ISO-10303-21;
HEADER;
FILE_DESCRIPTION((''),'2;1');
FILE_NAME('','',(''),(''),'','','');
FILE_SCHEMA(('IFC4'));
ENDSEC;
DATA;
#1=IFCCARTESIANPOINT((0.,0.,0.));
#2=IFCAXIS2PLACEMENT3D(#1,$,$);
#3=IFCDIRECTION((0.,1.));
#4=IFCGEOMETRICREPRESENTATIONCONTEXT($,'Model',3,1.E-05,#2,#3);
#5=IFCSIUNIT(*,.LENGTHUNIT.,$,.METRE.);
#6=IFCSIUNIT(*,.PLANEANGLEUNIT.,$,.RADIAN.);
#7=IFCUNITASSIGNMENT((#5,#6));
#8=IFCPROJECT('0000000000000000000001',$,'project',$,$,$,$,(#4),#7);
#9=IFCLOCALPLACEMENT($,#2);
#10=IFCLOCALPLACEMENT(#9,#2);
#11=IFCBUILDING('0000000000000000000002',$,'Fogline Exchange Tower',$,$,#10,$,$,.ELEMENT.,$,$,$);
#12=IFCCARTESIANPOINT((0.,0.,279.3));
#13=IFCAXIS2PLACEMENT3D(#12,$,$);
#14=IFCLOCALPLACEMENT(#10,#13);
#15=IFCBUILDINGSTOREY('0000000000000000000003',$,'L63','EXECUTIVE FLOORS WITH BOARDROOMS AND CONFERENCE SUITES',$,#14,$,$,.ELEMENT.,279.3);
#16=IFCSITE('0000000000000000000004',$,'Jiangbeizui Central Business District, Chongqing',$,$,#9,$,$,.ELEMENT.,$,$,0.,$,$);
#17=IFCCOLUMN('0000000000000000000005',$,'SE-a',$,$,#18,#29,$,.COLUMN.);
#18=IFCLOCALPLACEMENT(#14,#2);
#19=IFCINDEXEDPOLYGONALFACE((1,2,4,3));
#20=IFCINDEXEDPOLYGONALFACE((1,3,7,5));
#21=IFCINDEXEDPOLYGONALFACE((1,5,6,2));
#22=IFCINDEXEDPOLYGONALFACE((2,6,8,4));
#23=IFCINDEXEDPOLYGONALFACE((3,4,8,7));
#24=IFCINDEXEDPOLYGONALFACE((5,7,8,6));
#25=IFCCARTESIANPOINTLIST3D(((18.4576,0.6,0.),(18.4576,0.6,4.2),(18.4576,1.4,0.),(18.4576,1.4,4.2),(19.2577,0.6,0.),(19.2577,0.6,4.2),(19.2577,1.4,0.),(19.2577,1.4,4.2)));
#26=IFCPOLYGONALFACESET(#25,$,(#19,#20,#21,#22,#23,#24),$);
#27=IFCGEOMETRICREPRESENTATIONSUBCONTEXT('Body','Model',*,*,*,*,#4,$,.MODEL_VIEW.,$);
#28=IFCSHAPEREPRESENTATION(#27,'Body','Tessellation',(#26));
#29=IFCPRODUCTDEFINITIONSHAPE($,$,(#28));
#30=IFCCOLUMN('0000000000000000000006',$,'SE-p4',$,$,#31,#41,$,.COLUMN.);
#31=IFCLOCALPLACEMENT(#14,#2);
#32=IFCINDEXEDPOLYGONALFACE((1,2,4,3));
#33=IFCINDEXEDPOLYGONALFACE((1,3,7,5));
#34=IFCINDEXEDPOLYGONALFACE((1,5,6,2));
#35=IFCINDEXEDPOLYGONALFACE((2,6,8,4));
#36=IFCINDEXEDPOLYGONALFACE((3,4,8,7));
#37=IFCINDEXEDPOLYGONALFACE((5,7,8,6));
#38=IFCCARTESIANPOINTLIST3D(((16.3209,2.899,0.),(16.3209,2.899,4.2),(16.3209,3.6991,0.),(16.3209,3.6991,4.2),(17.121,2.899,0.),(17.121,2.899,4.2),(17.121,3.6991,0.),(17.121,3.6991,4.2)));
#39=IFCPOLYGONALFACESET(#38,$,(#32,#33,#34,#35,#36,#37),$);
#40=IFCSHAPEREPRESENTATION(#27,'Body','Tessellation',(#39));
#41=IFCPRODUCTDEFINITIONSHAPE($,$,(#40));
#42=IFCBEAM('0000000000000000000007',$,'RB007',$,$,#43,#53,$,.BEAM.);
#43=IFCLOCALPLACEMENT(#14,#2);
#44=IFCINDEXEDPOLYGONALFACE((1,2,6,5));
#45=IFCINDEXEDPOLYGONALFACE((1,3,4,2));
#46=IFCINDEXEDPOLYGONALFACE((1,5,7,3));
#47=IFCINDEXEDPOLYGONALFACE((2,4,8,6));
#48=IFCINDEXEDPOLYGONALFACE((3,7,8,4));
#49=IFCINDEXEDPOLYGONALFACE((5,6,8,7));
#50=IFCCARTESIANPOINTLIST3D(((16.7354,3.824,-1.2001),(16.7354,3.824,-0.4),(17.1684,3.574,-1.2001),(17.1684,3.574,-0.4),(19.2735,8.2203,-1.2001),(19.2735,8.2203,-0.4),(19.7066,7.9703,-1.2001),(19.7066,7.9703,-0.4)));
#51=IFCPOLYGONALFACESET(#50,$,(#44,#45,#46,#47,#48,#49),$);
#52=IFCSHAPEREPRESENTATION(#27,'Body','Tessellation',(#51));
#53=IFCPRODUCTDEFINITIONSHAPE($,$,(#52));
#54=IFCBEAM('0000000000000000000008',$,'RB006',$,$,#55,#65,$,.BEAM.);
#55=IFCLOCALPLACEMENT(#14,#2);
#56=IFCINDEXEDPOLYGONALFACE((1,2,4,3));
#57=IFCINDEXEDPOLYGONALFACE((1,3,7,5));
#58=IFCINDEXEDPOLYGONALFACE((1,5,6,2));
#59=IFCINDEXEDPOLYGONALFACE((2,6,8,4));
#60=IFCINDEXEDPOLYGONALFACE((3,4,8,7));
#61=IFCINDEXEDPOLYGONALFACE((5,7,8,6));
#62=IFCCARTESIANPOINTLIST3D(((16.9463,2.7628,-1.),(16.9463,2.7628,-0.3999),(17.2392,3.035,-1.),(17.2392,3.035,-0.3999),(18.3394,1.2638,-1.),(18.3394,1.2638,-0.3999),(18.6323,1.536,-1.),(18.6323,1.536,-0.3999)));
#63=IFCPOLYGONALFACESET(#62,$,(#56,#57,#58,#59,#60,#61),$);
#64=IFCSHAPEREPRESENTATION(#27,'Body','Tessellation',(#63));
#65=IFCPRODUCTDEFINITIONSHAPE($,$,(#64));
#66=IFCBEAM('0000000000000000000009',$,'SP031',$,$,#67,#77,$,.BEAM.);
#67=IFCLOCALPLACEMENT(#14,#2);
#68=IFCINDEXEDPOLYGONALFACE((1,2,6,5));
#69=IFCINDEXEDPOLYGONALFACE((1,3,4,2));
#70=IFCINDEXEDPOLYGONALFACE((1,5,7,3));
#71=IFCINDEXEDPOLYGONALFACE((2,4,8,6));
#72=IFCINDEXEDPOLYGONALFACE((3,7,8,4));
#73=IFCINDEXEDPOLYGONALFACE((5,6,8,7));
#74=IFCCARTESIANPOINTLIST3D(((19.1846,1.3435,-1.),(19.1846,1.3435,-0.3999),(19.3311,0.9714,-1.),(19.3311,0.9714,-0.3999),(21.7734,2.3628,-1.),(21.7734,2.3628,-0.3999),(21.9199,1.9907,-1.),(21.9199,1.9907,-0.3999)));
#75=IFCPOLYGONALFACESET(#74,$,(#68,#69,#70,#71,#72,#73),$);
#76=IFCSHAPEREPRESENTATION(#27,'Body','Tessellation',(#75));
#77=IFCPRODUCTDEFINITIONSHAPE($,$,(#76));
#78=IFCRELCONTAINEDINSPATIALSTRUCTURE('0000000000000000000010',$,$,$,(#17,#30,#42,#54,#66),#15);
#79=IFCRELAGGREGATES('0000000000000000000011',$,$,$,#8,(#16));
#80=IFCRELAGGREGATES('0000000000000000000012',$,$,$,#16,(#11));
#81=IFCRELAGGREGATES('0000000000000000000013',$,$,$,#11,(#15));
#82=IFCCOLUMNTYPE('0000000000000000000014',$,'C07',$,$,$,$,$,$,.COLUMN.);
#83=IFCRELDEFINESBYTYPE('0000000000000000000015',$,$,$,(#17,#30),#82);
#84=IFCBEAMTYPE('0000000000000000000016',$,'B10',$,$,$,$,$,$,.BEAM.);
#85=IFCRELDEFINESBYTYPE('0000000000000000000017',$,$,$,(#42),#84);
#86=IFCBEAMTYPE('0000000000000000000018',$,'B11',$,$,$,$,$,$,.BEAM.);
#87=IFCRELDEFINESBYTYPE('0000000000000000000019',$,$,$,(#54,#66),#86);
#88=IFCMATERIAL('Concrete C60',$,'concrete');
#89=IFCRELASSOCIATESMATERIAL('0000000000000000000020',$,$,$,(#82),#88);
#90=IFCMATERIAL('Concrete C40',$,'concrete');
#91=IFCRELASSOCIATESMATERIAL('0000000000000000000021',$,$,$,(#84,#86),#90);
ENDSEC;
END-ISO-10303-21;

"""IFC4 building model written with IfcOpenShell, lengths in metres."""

from ifc_helpers import new_model, si_unit, direction, frame, origin, origin_2d, place, context, subcontext, project, spatial, rectangle, extrude, material, material_profile, profile_set, type_object, element, save


model = new_model("IFC4")

# Units and contexts
model_context = context("Model", 3, precision=1e-05, world=origin(), true_north=direction((0.0, 1.0)))
body_context = subcontext(model_context, "Body", "Model", "MODEL_VIEW")
ifc_project = project(units=[si_unit("LENGTHUNIT", "METRE"), si_unit("PLANEANGLEUNIT", "RADIAN")], contexts=[model_context])

# Site, building, storey
site_placement = place(None, origin())
site = spatial("IfcSite", under=ifc_project, at=site_placement, Name="Jiangbeizui Central Business District, Chongqing", CompositionType="ELEMENT", RefElevation=0.0)
building_placement = place(site_placement, origin())
building = spatial("IfcBuilding", under=site, at=building_placement, Name="Fogline Exchange Tower", CompositionType="ELEMENT")
storey_placement = place(building_placement, frame((0.0, 0.0, 279.3)))
storey = spatial("IfcBuildingStorey", under=building, at=storey_placement, Name="L63", Description="EXECUTIVE FLOORS WITH BOARDROOMS AND CONFERENCE SUITES", CompositionType="ELEMENT", Elevation=279.3)

# Columns
ifc_material_1 = material(Name="Concrete C60", Category="concrete")
ifc_material_profile_1 = material_profile(ifc_material_1, rectangle(XDim=0.8, YDim=0.8, at=origin_2d()), Name="RC 800x800")
ifc_profile_set_1 = profile_set([ifc_material_profile_1], Name="Concrete C60")
column_type = type_object("IfcColumnType", Name="C07", PredefinedType="COLUMN", material=ifc_profile_set_1)
for number, where, z_axis, x_axis, name in (
    (1, (18.8577, 1.0, 0.0), (0.0, 0.0, 1.0), (1.0, 0.0, 0.0), "SE-a"),
    (2, (16.7209, 3.2991, 0.0), (0.0, 0.0, 1.0), (1.0, 0.0, 0.0), "SE-p4"),
):
    element("IfcColumn", number, at=place(storey_placement, frame(where, z_axis=z_axis, x_axis=x_axis)), inside=storey, type_object=column_type, Name=name, PredefinedType="COLUMN", context=body_context, shape_type="SweptSolid", body=[
        extrude(rectangle(XDim=0.8, YDim=0.8, at=origin_2d()), origin(), (0.0, 0.0, 1.0), 4.2),
    ])

# Beams
ifc_material_2 = material(Name="Concrete C40", Category="concrete")
ifc_material_profile_2 = material_profile(ifc_material_2, rectangle(XDim=0.5, YDim=0.8, at=origin_2d()), Name="RC 500x800")
ifc_profile_set_2 = profile_set([ifc_material_profile_2], Name="Concrete C40")
beam_type_1 = type_object("IfcBeamType", Name="B10", PredefinedType="BEAM", material=ifc_profile_set_2)
beam_1_placement = place(storey_placement, frame((16.9519, 3.699, -0.8), z_axis=(0.499988, 0.866033, 0.0), x_axis=(-0.866033, 0.499988, 0.0)))
element("IfcBeam", 3, at=beam_1_placement, inside=storey, type_object=beam_type_1, Name="RB007", PredefinedType="BEAM", context=body_context, shape_type="SweptSolid", body=[
    extrude(rectangle(XDim=0.5, YDim=0.8, at=origin_2d()), origin(), (0.0, 0.0, 1.0), 5.0764),
])
ifc_material_profile_3 = material_profile(ifc_material_2, rectangle(XDim=0.3999, YDim=0.6001, at=origin_2d()), Name="RC 400x600")
ifc_profile_set_3 = profile_set([ifc_material_profile_3], Name="Concrete C40")
beam_type_2 = type_object("IfcBeamType", Name="B11", PredefinedType="BEAM", material=ifc_profile_set_3)
beam_2_placement = place(storey_placement, frame((18.4858, 1.3999, -0.7), z_axis=(-0.680744, 0.732521, 0.0), x_axis=(-0.732521, -0.680744, 0.0)))
element("IfcBeam", 4, at=beam_2_placement, inside=storey, type_object=beam_type_2, Name="RB006", PredefinedType="BEAM", context=body_context, shape_type="SweptSolid", body=[
    extrude(rectangle(XDim=0.3999, YDim=0.6001, at=origin_2d()), origin(), (0.0, 0.0, 1.0), 2.0464),
])
beam_3_placement = place(storey_placement, frame((19.2578, 1.1575, -0.7), z_axis=(0.930478, 0.366347, 0.0), x_axis=(-0.366347, 0.930478, 0.0)))
element("IfcBeam", 5, at=beam_3_placement, inside=storey, type_object=beam_type_2, Name="SP031", PredefinedType="BEAM", context=body_context, shape_type="SweptSolid", body=[
    extrude(rectangle(XDim=0.3999, YDim=0.6001, at=origin_2d()), origin(), (0.0, 0.0, 1.0), 2.7822),
])

save(model, "model.ifc")
